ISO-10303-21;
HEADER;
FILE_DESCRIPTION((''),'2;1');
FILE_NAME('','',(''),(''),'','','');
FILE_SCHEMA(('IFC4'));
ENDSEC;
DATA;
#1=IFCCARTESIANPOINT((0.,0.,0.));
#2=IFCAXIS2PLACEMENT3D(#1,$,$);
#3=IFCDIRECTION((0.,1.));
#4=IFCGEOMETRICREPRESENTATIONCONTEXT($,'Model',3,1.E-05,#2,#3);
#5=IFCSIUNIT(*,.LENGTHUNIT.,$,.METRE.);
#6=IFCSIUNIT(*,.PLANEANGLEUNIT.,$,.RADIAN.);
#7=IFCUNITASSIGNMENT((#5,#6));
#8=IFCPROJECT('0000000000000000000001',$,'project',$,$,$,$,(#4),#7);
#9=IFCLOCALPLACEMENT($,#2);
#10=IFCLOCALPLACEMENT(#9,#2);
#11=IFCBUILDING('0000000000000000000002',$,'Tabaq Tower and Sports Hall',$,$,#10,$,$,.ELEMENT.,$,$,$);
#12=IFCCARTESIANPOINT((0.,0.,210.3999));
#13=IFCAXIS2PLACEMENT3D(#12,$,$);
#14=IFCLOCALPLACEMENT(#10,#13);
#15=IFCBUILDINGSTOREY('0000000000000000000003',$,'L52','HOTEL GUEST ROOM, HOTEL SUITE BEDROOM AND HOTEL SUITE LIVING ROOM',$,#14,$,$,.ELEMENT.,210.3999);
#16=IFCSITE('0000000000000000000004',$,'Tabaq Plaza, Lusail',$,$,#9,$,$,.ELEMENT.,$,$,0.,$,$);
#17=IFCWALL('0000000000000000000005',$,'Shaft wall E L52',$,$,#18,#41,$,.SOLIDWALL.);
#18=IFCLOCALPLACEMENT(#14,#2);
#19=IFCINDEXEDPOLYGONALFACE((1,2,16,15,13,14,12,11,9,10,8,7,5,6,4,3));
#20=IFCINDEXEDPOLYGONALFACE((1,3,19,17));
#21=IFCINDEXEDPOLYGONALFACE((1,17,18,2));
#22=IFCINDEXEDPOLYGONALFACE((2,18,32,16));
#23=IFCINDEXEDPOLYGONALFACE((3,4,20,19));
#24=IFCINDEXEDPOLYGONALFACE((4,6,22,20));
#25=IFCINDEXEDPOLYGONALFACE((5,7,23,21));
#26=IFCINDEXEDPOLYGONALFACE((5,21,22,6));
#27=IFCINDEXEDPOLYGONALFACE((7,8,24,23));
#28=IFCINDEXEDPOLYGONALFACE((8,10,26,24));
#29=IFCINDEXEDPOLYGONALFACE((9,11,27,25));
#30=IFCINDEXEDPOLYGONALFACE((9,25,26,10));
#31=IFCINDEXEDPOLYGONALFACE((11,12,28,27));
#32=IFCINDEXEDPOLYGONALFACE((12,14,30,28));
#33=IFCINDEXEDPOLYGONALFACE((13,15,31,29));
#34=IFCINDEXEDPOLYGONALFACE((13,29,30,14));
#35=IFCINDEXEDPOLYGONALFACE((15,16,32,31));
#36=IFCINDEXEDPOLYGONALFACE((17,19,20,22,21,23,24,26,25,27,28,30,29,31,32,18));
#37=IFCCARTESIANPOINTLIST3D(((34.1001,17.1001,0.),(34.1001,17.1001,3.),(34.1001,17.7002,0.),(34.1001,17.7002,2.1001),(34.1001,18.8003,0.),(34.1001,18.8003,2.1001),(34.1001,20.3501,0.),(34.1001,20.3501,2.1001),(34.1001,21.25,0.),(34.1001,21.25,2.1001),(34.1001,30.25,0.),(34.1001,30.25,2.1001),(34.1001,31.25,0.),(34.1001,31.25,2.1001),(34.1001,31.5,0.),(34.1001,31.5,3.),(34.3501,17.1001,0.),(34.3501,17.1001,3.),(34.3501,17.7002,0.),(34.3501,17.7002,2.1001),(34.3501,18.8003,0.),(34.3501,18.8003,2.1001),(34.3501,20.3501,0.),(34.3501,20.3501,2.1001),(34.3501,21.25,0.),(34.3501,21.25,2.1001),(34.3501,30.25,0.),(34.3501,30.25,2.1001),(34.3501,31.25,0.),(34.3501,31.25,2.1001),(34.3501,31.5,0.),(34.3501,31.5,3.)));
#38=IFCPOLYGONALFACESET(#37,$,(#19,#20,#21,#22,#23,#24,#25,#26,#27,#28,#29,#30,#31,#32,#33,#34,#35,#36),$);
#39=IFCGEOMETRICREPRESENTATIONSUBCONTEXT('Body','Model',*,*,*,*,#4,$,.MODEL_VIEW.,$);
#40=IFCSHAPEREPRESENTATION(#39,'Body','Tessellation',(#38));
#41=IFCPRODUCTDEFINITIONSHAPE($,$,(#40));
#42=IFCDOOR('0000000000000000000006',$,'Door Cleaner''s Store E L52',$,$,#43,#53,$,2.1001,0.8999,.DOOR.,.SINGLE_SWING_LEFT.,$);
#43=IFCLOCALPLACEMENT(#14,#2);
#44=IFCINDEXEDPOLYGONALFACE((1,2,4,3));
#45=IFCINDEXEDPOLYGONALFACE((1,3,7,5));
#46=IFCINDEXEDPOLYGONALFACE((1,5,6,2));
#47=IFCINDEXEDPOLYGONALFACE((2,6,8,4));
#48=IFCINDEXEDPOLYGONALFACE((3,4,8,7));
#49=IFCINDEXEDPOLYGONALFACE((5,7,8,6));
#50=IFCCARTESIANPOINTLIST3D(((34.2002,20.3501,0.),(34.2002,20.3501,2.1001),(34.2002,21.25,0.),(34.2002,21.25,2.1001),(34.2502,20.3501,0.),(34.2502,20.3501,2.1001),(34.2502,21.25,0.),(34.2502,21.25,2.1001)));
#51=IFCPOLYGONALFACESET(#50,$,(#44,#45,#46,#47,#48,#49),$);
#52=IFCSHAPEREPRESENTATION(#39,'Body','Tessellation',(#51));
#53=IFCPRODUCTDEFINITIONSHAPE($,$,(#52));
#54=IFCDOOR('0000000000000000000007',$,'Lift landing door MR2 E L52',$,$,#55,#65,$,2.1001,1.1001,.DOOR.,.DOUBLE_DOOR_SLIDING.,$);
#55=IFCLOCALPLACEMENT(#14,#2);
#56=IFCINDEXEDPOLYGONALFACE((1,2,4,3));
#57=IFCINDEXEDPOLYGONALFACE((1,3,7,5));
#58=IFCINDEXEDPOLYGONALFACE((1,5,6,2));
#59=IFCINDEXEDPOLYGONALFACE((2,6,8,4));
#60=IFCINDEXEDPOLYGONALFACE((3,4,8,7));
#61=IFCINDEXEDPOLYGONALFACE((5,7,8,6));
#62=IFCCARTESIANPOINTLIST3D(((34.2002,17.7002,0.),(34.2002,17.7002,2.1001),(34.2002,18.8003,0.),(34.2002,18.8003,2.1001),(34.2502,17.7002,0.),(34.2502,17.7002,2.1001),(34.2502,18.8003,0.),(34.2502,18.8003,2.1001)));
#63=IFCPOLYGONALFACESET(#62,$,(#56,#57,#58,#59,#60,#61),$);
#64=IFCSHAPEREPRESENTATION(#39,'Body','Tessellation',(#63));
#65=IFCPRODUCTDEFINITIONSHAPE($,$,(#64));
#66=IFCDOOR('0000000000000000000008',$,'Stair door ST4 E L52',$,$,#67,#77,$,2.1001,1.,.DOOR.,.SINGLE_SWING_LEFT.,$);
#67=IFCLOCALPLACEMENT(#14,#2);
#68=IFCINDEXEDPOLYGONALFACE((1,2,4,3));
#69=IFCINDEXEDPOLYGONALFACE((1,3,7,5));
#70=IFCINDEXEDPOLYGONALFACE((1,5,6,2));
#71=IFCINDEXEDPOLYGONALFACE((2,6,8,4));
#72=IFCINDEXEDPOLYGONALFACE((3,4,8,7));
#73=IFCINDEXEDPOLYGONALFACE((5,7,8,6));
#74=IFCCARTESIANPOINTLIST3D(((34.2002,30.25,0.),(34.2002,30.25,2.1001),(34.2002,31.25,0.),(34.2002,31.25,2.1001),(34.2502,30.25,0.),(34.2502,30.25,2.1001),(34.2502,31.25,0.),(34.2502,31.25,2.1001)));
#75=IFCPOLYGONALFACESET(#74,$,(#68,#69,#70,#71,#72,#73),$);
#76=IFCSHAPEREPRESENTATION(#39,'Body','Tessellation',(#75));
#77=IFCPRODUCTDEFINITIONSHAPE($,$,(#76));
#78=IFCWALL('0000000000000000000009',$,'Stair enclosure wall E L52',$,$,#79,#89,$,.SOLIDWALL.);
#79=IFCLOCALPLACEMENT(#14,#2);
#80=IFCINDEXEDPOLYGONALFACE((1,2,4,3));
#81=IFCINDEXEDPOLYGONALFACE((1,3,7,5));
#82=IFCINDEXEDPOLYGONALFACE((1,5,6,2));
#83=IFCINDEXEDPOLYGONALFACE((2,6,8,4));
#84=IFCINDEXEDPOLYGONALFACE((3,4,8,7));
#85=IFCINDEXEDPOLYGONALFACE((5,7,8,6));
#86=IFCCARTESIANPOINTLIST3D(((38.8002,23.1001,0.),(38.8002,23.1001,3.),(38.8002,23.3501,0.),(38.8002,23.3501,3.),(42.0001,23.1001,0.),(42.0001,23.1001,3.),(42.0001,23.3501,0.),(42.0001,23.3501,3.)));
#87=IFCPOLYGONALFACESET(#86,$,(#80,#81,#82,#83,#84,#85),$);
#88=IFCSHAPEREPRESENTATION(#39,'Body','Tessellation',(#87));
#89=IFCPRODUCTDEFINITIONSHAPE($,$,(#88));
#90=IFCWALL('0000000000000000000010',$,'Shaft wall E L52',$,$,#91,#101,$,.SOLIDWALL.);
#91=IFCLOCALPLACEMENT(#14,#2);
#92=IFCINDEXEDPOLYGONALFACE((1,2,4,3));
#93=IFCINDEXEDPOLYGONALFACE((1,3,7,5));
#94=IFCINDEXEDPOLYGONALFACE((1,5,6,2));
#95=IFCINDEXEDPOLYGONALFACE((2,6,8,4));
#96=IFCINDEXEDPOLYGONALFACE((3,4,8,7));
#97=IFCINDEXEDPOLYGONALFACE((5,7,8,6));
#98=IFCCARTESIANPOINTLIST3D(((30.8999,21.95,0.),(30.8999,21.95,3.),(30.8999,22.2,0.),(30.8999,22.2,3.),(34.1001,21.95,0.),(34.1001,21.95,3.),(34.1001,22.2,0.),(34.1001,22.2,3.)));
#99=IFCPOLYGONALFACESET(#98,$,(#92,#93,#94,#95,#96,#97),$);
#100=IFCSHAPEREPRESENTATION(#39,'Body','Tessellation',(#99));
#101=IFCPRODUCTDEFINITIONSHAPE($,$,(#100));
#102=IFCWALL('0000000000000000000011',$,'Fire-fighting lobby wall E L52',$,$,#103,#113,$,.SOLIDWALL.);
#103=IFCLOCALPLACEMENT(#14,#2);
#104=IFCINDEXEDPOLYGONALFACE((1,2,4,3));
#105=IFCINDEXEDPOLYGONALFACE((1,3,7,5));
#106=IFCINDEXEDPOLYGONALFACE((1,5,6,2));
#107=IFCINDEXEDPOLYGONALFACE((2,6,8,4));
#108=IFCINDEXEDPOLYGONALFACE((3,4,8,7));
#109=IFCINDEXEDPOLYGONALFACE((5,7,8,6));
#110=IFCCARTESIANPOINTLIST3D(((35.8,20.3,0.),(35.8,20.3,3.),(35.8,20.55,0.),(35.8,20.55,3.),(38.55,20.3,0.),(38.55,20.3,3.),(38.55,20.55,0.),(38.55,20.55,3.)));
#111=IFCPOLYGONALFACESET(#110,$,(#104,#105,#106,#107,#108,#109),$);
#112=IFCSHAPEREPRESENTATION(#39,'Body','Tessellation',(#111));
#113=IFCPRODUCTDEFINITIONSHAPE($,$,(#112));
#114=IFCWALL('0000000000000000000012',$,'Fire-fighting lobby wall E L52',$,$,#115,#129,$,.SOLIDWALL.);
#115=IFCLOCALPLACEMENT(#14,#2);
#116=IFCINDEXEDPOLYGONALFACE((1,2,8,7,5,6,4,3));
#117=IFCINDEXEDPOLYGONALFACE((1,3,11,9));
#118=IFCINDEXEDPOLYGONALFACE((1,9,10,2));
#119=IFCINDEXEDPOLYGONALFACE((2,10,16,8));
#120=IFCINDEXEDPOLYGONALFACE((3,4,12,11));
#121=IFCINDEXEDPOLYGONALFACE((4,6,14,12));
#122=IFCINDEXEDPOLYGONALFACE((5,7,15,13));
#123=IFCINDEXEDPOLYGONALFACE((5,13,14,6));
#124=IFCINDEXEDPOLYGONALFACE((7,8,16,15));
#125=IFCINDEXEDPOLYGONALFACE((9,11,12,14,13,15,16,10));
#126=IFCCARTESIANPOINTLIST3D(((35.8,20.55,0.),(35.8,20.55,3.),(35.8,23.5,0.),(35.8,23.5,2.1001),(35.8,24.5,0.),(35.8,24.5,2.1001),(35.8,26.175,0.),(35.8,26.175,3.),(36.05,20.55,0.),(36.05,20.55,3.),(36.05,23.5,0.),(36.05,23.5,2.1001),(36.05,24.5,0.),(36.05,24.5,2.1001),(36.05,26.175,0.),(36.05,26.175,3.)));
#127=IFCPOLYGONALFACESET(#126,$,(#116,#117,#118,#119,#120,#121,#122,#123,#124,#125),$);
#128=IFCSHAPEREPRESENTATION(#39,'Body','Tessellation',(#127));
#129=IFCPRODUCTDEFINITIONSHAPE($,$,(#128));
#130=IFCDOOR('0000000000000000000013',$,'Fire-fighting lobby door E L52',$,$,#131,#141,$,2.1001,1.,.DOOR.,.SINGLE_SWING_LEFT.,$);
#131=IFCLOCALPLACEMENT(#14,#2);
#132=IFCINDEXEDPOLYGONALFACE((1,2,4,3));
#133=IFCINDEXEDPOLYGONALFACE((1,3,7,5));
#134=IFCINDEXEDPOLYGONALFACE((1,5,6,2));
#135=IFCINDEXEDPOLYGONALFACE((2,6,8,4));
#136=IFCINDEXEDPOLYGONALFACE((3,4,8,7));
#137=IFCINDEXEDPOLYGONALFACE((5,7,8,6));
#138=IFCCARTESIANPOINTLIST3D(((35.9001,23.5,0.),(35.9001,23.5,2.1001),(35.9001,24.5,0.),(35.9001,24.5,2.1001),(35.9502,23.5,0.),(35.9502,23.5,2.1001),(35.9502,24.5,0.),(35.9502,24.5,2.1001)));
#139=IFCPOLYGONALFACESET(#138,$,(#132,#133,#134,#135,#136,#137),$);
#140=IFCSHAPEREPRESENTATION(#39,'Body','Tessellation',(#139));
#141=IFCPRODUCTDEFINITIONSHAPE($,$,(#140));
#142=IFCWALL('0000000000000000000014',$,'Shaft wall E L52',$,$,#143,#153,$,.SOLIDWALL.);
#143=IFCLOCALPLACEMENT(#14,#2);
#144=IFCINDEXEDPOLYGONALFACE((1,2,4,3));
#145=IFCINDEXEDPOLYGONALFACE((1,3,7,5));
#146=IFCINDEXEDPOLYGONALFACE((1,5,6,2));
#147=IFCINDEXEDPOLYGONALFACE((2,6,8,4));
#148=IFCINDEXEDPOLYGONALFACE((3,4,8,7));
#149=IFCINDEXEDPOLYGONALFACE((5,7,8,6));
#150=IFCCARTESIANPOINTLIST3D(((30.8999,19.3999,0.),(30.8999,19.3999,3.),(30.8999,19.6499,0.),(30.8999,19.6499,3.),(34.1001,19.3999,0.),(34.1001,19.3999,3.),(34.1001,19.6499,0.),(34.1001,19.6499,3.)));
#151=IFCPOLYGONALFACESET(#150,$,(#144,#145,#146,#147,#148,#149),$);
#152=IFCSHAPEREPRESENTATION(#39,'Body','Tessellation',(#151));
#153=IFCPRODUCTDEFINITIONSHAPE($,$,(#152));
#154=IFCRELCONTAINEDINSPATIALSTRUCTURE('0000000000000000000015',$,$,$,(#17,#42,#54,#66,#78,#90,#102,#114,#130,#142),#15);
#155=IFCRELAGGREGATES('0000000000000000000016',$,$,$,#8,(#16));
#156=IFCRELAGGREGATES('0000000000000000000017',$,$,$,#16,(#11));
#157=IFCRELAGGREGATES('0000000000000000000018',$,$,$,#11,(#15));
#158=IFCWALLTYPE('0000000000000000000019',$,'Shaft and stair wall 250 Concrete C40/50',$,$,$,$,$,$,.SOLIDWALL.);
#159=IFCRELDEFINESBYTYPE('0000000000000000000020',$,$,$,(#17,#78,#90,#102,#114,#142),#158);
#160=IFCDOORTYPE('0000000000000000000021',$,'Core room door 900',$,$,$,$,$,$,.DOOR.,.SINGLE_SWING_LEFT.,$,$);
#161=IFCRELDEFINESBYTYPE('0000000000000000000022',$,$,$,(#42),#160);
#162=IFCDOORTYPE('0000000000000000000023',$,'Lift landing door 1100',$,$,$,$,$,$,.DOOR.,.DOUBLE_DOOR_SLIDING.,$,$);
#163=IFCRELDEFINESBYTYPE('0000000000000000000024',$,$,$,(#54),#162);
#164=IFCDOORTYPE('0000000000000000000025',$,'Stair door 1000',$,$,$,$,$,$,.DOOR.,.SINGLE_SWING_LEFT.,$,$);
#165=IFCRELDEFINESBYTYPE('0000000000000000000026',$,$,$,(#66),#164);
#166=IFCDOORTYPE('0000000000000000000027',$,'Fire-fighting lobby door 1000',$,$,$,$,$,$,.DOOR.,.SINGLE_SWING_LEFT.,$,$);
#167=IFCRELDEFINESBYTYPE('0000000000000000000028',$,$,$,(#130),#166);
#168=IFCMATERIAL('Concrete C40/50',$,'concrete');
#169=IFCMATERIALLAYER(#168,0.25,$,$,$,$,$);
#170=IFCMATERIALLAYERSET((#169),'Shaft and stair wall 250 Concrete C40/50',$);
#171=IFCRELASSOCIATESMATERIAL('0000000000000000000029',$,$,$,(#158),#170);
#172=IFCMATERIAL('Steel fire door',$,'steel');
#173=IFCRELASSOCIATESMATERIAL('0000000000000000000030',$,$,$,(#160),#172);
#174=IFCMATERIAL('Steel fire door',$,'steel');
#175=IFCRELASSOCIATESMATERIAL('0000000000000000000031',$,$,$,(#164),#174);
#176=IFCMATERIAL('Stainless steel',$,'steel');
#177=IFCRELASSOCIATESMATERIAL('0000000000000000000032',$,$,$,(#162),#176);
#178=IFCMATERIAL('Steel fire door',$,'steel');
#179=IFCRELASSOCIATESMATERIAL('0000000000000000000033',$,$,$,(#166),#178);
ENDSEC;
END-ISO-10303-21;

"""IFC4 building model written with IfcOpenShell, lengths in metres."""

from ifc_helpers import new_model, si_unit, direction, frame, frame_2d, origin, place, context, subcontext, project, spatial, rectangle, extrude, material, layer, layer_set, type_object, element, fill, save


model = new_model("IFC4")

# Units and contexts
model_context = context("Model", 3, precision=1e-05, world=origin(), true_north=direction((0.0, 1.0)))
body_context = subcontext(model_context, "Body", "Model", "MODEL_VIEW")
ifc_project = project(units=[si_unit("LENGTHUNIT", "METRE"), si_unit("PLANEANGLEUNIT", "RADIAN")], contexts=[model_context])

# Site, building, storey
site_placement = place(None, origin())
site = spatial("IfcSite", under=ifc_project, at=site_placement, Name="Tabaq Plaza, Lusail", CompositionType="ELEMENT", RefElevation=0.0)
building_placement = place(site_placement, origin())
building = spatial("IfcBuilding", under=site, at=building_placement, Name="Tabaq Tower and Sports Hall", CompositionType="ELEMENT")
storey_placement = place(building_placement, frame((0.0, 0.0, 210.3999)))
storey = spatial("IfcBuildingStorey", under=building, at=storey_placement, Name="L52", Description="HOTEL GUEST ROOM, HOTEL SUITE BEDROOM AND HOTEL SUITE LIVING ROOM", CompositionType="ELEMENT", Elevation=210.3999)

# Wall, openings, doors
ifc_material_1 = material(Name="Concrete C40/50", Category="concrete")
ifc_layer_1 = layer(ifc_material_1, 0.25)
ifc_layer_set_1 = layer_set([ifc_layer_1], Name="Shaft and stair wall 250 Concrete C40/50")
wall_type_1 = type_object("IfcWallType", Name="Shaft and stair wall 250 Concrete C40/50", PredefinedType="SOLIDWALL", material=ifc_layer_set_1)
ifc_material_2 = material(Name="Steel fire door", Category="steel")
door_type_1 = type_object("IfcDoorType", Name="Core room door 900", OperationType="SINGLE_SWING_LEFT", PredefinedType="DOOR", material=ifc_material_2)
ifc_material_3 = material(Name="Steel fire door", Category="steel")
door_type_2 = type_object("IfcDoorType", Name="Stair door 1000", OperationType="SINGLE_SWING_LEFT", PredefinedType="DOOR", material=ifc_material_3)
wall_1_placement = place(storey_placement, frame((34.2251, 17.1001, 0.0), z_axis=(0.0, 0.0, 1.0), x_axis=(0.0, 1.0, 0.0)))
wall_1 = element("IfcWall", 1, at=wall_1_placement, inside=storey, type_object=wall_type_1, Name="Shaft wall E L52", PredefinedType="SOLIDWALL", context=body_context, shape_type="SweptSolid", body=[
    extrude(rectangle(XDim=14.3999, YDim=0.25, at=frame_2d((7.2, 0.0))), origin(), (0.0, 0.0, 1.0), 3.0),
])
opening_1_placement = place(wall_1_placement, frame((13.1499, 0.0, 0.0)))
opening_1 = element("IfcOpeningElement", 2, at=opening_1_placement, cuts=wall_1, PredefinedType="OPENING", context=body_context, shape_type="SweptSolid", body=[
    extrude(rectangle(XDim=1.0, YDim=2.1001, at=frame_2d((0.5, 1.05))), frame((0.0, 0.125, 0.0), z_axis=(0.0, -1.0, 0.0), x_axis=(1.0, 0.0, 0.0)), (0.0, 0.0, 1.0), 0.25),
])
opening_2_placement = place(wall_1_placement, frame((0.6001, 0.0, 0.0)))
opening_2 = element("IfcOpeningElement", 3, at=opening_2_placement, cuts=wall_1, PredefinedType="OPENING", context=body_context, shape_type="SweptSolid", body=[
    extrude(rectangle(XDim=1.1001, YDim=2.1001, at=frame_2d((0.55, 1.05))), frame((0.0, 0.125, 0.0), z_axis=(0.0, -1.0, 0.0), x_axis=(1.0, 0.0, 0.0)), (0.0, 0.0, 1.0), 0.25),
])
opening_3_placement = place(wall_1_placement, frame((3.25, 0.0, 0.0)))
opening_3 = element("IfcOpeningElement", 4, at=opening_3_placement, cuts=wall_1, PredefinedType="OPENING", context=body_context, shape_type="SweptSolid", body=[
    extrude(rectangle(XDim=0.8999, YDim=2.1001, at=frame_2d((0.45, 1.05))), frame((0.0, 0.125, 0.0), z_axis=(0.0, -1.0, 0.0), x_axis=(1.0, 0.0, 0.0)), (0.0, 0.0, 1.0), 0.25),
])
door_1_placement = place(opening_3_placement, origin())
door_1 = element("IfcDoor", 5, at=door_1_placement, inside=storey, type_object=door_type_1, Name="Door Cleaner's Store E L52", OperationType="SINGLE_SWING_LEFT", OverallHeight=2.1001, OverallWidth=0.8999, PredefinedType="DOOR", context=body_context, shape_type="SweptSolid", body=[
    extrude(rectangle(XDim=0.8999, YDim=2.1001, at=frame_2d((0.45, 1.05))), frame((0.0, 0.0249, 0.0), z_axis=(0.0, -1.0, 0.0), x_axis=(1.0, 0.0, 0.0)), (0.0, 0.0, 1.0), 0.05),
])
fill(opening_3, door_1)
ifc_material_4 = material(Name="Stainless steel", Category="steel")
door_type_3 = type_object("IfcDoorType", Name="Lift landing door 1100", OperationType="DOUBLE_DOOR_SLIDING", PredefinedType="DOOR", material=ifc_material_4)
door_2_placement = place(opening_2_placement, origin())
door_2 = element("IfcDoor", 6, at=door_2_placement, inside=storey, type_object=door_type_3, Name="Lift landing door MR2 E L52", OperationType="DOUBLE_DOOR_SLIDING", OverallHeight=2.1001, OverallWidth=1.1001, PredefinedType="DOOR", context=body_context, shape_type="SweptSolid", body=[
    extrude(rectangle(XDim=1.1001, YDim=2.1001, at=frame_2d((0.55, 1.05))), frame((0.0, 0.0249, 0.0), z_axis=(0.0, -1.0, 0.0), x_axis=(1.0, 0.0, 0.0)), (0.0, 0.0, 1.0), 0.05),
])
fill(opening_2, door_2)
door_3_placement = place(opening_1_placement, origin())
door_3 = element("IfcDoor", 7, at=door_3_placement, inside=storey, type_object=door_type_2, Name="Stair door ST4 E L52", OperationType="SINGLE_SWING_LEFT", OverallHeight=2.1001, OverallWidth=1.0, PredefinedType="DOOR", context=body_context, shape_type="SweptSolid", body=[
    extrude(rectangle(XDim=1.0, YDim=2.1001, at=frame_2d((0.5, 1.05))), frame((0.0, 0.0249, 0.0), z_axis=(0.0, -1.0, 0.0), x_axis=(1.0, 0.0, 0.0)), (0.0, 0.0, 1.0), 0.05),
])
fill(opening_1, door_3)

# Walls
wall_2_placement = place(storey_placement, frame((38.8, 23.2251, 0.0), z_axis=(0.0, 0.0, 1.0), x_axis=(1.0, 0.0, 0.0)))
element("IfcWall", 8, at=wall_2_placement, inside=storey, type_object=wall_type_1, Name="Stair enclosure wall E L52", PredefinedType="SOLIDWALL", context=body_context, shape_type="SweptSolid", body=[
    extrude(rectangle(XDim=3.2, YDim=0.25, at=frame_2d((1.6001, 0.0))), origin(), (0.0, 0.0, 1.0), 3.0),
])
wall_3_placement = place(storey_placement, frame((30.8999, 22.075, 0.0), z_axis=(0.0, 0.0, 1.0), x_axis=(1.0, 0.0, 0.0)))
element("IfcWall", 9, at=wall_3_placement, inside=storey, type_object=wall_type_1, Name="Shaft wall E L52", PredefinedType="SOLIDWALL", context=body_context, shape_type="SweptSolid", body=[
    extrude(rectangle(XDim=3.2002, YDim=0.25, at=frame_2d((1.6001, 0.0))), origin(), (0.0, 0.0, 1.0), 3.0),
])
wall_4_placement = place(storey_placement, frame((35.8, 20.425, 0.0), z_axis=(0.0, 0.0, 1.0), x_axis=(1.0, 0.0, 0.0)))
element("IfcWall", 10, at=wall_4_placement, inside=storey, type_object=wall_type_1, Name="Fire-fighting lobby wall E L52", PredefinedType="SOLIDWALL", context=body_context, shape_type="SweptSolid", body=[
    extrude(rectangle(XDim=2.75, YDim=0.25, at=frame_2d((1.375, 0.0))), origin(), (0.0, 0.0, 1.0), 3.0),
])

# Wall, opening, door
wall_5_placement = place(storey_placement, frame((35.925, 20.55, 0.0), z_axis=(0.0, 0.0, 1.0), x_axis=(0.0, 1.0, 0.0)))
wall_5 = element("IfcWall", 11, at=wall_5_placement, inside=storey, type_object=wall_type_1, Name="Fire-fighting lobby wall E L52", PredefinedType="SOLIDWALL", context=body_context, shape_type="SweptSolid", body=[
    extrude(rectangle(XDim=5.625, YDim=0.25, at=frame_2d((2.8125, 0.0))), origin(), (0.0, 0.0, 1.0), 3.0),
])
opening_4_placement = place(wall_5_placement, frame((2.95, 0.0, 0.0)))
opening_4 = element("IfcOpeningElement", 12, at=opening_4_placement, cuts=wall_5, PredefinedType="OPENING", context=body_context, shape_type="SweptSolid", body=[
    extrude(rectangle(XDim=1.0, YDim=2.1001, at=frame_2d((0.5, 1.05))), frame((0.0, 0.125, 0.0), z_axis=(0.0, -1.0, 0.0), x_axis=(1.0, 0.0, 0.0)), (0.0, 0.0, 1.0), 0.25),
])
ifc_material_5 = material(Name="Steel fire door", Category="steel")
door_type_4 = type_object("IfcDoorType", Name="Fire-fighting lobby door 1000", OperationType="SINGLE_SWING_LEFT", PredefinedType="DOOR", material=ifc_material_5)
door_4_placement = place(opening_4_placement, origin())
door_4 = element("IfcDoor", 13, at=door_4_placement, inside=storey, type_object=door_type_4, Name="Fire-fighting lobby door E L52", OperationType="SINGLE_SWING_LEFT", OverallHeight=2.1001, OverallWidth=1.0, PredefinedType="DOOR", context=body_context, shape_type="SweptSolid", body=[
    extrude(rectangle(XDim=1.0, YDim=2.1001, at=frame_2d((0.5, 1.05))), frame((0.0, 0.0249, 0.0), z_axis=(0.0, -1.0, 0.0), x_axis=(1.0, 0.0, 0.0)), (0.0, 0.0, 1.0), 0.05),
])
fill(opening_4, door_4)

# Wall
wall_6_placement = place(storey_placement, frame((30.8999, 19.5249, 0.0), z_axis=(0.0, 0.0, 1.0), x_axis=(1.0, 0.0, 0.0)))
element("IfcWall", 14, at=wall_6_placement, inside=storey, type_object=wall_type_1, Name="Shaft wall E L52", PredefinedType="SOLIDWALL", context=body_context, shape_type="SweptSolid", body=[
    extrude(rectangle(XDim=3.2002, YDim=0.25, at=frame_2d((1.6001, 0.0))), origin(), (0.0, 0.0, 1.0), 3.0),
])

save(model, "model.ifc")
